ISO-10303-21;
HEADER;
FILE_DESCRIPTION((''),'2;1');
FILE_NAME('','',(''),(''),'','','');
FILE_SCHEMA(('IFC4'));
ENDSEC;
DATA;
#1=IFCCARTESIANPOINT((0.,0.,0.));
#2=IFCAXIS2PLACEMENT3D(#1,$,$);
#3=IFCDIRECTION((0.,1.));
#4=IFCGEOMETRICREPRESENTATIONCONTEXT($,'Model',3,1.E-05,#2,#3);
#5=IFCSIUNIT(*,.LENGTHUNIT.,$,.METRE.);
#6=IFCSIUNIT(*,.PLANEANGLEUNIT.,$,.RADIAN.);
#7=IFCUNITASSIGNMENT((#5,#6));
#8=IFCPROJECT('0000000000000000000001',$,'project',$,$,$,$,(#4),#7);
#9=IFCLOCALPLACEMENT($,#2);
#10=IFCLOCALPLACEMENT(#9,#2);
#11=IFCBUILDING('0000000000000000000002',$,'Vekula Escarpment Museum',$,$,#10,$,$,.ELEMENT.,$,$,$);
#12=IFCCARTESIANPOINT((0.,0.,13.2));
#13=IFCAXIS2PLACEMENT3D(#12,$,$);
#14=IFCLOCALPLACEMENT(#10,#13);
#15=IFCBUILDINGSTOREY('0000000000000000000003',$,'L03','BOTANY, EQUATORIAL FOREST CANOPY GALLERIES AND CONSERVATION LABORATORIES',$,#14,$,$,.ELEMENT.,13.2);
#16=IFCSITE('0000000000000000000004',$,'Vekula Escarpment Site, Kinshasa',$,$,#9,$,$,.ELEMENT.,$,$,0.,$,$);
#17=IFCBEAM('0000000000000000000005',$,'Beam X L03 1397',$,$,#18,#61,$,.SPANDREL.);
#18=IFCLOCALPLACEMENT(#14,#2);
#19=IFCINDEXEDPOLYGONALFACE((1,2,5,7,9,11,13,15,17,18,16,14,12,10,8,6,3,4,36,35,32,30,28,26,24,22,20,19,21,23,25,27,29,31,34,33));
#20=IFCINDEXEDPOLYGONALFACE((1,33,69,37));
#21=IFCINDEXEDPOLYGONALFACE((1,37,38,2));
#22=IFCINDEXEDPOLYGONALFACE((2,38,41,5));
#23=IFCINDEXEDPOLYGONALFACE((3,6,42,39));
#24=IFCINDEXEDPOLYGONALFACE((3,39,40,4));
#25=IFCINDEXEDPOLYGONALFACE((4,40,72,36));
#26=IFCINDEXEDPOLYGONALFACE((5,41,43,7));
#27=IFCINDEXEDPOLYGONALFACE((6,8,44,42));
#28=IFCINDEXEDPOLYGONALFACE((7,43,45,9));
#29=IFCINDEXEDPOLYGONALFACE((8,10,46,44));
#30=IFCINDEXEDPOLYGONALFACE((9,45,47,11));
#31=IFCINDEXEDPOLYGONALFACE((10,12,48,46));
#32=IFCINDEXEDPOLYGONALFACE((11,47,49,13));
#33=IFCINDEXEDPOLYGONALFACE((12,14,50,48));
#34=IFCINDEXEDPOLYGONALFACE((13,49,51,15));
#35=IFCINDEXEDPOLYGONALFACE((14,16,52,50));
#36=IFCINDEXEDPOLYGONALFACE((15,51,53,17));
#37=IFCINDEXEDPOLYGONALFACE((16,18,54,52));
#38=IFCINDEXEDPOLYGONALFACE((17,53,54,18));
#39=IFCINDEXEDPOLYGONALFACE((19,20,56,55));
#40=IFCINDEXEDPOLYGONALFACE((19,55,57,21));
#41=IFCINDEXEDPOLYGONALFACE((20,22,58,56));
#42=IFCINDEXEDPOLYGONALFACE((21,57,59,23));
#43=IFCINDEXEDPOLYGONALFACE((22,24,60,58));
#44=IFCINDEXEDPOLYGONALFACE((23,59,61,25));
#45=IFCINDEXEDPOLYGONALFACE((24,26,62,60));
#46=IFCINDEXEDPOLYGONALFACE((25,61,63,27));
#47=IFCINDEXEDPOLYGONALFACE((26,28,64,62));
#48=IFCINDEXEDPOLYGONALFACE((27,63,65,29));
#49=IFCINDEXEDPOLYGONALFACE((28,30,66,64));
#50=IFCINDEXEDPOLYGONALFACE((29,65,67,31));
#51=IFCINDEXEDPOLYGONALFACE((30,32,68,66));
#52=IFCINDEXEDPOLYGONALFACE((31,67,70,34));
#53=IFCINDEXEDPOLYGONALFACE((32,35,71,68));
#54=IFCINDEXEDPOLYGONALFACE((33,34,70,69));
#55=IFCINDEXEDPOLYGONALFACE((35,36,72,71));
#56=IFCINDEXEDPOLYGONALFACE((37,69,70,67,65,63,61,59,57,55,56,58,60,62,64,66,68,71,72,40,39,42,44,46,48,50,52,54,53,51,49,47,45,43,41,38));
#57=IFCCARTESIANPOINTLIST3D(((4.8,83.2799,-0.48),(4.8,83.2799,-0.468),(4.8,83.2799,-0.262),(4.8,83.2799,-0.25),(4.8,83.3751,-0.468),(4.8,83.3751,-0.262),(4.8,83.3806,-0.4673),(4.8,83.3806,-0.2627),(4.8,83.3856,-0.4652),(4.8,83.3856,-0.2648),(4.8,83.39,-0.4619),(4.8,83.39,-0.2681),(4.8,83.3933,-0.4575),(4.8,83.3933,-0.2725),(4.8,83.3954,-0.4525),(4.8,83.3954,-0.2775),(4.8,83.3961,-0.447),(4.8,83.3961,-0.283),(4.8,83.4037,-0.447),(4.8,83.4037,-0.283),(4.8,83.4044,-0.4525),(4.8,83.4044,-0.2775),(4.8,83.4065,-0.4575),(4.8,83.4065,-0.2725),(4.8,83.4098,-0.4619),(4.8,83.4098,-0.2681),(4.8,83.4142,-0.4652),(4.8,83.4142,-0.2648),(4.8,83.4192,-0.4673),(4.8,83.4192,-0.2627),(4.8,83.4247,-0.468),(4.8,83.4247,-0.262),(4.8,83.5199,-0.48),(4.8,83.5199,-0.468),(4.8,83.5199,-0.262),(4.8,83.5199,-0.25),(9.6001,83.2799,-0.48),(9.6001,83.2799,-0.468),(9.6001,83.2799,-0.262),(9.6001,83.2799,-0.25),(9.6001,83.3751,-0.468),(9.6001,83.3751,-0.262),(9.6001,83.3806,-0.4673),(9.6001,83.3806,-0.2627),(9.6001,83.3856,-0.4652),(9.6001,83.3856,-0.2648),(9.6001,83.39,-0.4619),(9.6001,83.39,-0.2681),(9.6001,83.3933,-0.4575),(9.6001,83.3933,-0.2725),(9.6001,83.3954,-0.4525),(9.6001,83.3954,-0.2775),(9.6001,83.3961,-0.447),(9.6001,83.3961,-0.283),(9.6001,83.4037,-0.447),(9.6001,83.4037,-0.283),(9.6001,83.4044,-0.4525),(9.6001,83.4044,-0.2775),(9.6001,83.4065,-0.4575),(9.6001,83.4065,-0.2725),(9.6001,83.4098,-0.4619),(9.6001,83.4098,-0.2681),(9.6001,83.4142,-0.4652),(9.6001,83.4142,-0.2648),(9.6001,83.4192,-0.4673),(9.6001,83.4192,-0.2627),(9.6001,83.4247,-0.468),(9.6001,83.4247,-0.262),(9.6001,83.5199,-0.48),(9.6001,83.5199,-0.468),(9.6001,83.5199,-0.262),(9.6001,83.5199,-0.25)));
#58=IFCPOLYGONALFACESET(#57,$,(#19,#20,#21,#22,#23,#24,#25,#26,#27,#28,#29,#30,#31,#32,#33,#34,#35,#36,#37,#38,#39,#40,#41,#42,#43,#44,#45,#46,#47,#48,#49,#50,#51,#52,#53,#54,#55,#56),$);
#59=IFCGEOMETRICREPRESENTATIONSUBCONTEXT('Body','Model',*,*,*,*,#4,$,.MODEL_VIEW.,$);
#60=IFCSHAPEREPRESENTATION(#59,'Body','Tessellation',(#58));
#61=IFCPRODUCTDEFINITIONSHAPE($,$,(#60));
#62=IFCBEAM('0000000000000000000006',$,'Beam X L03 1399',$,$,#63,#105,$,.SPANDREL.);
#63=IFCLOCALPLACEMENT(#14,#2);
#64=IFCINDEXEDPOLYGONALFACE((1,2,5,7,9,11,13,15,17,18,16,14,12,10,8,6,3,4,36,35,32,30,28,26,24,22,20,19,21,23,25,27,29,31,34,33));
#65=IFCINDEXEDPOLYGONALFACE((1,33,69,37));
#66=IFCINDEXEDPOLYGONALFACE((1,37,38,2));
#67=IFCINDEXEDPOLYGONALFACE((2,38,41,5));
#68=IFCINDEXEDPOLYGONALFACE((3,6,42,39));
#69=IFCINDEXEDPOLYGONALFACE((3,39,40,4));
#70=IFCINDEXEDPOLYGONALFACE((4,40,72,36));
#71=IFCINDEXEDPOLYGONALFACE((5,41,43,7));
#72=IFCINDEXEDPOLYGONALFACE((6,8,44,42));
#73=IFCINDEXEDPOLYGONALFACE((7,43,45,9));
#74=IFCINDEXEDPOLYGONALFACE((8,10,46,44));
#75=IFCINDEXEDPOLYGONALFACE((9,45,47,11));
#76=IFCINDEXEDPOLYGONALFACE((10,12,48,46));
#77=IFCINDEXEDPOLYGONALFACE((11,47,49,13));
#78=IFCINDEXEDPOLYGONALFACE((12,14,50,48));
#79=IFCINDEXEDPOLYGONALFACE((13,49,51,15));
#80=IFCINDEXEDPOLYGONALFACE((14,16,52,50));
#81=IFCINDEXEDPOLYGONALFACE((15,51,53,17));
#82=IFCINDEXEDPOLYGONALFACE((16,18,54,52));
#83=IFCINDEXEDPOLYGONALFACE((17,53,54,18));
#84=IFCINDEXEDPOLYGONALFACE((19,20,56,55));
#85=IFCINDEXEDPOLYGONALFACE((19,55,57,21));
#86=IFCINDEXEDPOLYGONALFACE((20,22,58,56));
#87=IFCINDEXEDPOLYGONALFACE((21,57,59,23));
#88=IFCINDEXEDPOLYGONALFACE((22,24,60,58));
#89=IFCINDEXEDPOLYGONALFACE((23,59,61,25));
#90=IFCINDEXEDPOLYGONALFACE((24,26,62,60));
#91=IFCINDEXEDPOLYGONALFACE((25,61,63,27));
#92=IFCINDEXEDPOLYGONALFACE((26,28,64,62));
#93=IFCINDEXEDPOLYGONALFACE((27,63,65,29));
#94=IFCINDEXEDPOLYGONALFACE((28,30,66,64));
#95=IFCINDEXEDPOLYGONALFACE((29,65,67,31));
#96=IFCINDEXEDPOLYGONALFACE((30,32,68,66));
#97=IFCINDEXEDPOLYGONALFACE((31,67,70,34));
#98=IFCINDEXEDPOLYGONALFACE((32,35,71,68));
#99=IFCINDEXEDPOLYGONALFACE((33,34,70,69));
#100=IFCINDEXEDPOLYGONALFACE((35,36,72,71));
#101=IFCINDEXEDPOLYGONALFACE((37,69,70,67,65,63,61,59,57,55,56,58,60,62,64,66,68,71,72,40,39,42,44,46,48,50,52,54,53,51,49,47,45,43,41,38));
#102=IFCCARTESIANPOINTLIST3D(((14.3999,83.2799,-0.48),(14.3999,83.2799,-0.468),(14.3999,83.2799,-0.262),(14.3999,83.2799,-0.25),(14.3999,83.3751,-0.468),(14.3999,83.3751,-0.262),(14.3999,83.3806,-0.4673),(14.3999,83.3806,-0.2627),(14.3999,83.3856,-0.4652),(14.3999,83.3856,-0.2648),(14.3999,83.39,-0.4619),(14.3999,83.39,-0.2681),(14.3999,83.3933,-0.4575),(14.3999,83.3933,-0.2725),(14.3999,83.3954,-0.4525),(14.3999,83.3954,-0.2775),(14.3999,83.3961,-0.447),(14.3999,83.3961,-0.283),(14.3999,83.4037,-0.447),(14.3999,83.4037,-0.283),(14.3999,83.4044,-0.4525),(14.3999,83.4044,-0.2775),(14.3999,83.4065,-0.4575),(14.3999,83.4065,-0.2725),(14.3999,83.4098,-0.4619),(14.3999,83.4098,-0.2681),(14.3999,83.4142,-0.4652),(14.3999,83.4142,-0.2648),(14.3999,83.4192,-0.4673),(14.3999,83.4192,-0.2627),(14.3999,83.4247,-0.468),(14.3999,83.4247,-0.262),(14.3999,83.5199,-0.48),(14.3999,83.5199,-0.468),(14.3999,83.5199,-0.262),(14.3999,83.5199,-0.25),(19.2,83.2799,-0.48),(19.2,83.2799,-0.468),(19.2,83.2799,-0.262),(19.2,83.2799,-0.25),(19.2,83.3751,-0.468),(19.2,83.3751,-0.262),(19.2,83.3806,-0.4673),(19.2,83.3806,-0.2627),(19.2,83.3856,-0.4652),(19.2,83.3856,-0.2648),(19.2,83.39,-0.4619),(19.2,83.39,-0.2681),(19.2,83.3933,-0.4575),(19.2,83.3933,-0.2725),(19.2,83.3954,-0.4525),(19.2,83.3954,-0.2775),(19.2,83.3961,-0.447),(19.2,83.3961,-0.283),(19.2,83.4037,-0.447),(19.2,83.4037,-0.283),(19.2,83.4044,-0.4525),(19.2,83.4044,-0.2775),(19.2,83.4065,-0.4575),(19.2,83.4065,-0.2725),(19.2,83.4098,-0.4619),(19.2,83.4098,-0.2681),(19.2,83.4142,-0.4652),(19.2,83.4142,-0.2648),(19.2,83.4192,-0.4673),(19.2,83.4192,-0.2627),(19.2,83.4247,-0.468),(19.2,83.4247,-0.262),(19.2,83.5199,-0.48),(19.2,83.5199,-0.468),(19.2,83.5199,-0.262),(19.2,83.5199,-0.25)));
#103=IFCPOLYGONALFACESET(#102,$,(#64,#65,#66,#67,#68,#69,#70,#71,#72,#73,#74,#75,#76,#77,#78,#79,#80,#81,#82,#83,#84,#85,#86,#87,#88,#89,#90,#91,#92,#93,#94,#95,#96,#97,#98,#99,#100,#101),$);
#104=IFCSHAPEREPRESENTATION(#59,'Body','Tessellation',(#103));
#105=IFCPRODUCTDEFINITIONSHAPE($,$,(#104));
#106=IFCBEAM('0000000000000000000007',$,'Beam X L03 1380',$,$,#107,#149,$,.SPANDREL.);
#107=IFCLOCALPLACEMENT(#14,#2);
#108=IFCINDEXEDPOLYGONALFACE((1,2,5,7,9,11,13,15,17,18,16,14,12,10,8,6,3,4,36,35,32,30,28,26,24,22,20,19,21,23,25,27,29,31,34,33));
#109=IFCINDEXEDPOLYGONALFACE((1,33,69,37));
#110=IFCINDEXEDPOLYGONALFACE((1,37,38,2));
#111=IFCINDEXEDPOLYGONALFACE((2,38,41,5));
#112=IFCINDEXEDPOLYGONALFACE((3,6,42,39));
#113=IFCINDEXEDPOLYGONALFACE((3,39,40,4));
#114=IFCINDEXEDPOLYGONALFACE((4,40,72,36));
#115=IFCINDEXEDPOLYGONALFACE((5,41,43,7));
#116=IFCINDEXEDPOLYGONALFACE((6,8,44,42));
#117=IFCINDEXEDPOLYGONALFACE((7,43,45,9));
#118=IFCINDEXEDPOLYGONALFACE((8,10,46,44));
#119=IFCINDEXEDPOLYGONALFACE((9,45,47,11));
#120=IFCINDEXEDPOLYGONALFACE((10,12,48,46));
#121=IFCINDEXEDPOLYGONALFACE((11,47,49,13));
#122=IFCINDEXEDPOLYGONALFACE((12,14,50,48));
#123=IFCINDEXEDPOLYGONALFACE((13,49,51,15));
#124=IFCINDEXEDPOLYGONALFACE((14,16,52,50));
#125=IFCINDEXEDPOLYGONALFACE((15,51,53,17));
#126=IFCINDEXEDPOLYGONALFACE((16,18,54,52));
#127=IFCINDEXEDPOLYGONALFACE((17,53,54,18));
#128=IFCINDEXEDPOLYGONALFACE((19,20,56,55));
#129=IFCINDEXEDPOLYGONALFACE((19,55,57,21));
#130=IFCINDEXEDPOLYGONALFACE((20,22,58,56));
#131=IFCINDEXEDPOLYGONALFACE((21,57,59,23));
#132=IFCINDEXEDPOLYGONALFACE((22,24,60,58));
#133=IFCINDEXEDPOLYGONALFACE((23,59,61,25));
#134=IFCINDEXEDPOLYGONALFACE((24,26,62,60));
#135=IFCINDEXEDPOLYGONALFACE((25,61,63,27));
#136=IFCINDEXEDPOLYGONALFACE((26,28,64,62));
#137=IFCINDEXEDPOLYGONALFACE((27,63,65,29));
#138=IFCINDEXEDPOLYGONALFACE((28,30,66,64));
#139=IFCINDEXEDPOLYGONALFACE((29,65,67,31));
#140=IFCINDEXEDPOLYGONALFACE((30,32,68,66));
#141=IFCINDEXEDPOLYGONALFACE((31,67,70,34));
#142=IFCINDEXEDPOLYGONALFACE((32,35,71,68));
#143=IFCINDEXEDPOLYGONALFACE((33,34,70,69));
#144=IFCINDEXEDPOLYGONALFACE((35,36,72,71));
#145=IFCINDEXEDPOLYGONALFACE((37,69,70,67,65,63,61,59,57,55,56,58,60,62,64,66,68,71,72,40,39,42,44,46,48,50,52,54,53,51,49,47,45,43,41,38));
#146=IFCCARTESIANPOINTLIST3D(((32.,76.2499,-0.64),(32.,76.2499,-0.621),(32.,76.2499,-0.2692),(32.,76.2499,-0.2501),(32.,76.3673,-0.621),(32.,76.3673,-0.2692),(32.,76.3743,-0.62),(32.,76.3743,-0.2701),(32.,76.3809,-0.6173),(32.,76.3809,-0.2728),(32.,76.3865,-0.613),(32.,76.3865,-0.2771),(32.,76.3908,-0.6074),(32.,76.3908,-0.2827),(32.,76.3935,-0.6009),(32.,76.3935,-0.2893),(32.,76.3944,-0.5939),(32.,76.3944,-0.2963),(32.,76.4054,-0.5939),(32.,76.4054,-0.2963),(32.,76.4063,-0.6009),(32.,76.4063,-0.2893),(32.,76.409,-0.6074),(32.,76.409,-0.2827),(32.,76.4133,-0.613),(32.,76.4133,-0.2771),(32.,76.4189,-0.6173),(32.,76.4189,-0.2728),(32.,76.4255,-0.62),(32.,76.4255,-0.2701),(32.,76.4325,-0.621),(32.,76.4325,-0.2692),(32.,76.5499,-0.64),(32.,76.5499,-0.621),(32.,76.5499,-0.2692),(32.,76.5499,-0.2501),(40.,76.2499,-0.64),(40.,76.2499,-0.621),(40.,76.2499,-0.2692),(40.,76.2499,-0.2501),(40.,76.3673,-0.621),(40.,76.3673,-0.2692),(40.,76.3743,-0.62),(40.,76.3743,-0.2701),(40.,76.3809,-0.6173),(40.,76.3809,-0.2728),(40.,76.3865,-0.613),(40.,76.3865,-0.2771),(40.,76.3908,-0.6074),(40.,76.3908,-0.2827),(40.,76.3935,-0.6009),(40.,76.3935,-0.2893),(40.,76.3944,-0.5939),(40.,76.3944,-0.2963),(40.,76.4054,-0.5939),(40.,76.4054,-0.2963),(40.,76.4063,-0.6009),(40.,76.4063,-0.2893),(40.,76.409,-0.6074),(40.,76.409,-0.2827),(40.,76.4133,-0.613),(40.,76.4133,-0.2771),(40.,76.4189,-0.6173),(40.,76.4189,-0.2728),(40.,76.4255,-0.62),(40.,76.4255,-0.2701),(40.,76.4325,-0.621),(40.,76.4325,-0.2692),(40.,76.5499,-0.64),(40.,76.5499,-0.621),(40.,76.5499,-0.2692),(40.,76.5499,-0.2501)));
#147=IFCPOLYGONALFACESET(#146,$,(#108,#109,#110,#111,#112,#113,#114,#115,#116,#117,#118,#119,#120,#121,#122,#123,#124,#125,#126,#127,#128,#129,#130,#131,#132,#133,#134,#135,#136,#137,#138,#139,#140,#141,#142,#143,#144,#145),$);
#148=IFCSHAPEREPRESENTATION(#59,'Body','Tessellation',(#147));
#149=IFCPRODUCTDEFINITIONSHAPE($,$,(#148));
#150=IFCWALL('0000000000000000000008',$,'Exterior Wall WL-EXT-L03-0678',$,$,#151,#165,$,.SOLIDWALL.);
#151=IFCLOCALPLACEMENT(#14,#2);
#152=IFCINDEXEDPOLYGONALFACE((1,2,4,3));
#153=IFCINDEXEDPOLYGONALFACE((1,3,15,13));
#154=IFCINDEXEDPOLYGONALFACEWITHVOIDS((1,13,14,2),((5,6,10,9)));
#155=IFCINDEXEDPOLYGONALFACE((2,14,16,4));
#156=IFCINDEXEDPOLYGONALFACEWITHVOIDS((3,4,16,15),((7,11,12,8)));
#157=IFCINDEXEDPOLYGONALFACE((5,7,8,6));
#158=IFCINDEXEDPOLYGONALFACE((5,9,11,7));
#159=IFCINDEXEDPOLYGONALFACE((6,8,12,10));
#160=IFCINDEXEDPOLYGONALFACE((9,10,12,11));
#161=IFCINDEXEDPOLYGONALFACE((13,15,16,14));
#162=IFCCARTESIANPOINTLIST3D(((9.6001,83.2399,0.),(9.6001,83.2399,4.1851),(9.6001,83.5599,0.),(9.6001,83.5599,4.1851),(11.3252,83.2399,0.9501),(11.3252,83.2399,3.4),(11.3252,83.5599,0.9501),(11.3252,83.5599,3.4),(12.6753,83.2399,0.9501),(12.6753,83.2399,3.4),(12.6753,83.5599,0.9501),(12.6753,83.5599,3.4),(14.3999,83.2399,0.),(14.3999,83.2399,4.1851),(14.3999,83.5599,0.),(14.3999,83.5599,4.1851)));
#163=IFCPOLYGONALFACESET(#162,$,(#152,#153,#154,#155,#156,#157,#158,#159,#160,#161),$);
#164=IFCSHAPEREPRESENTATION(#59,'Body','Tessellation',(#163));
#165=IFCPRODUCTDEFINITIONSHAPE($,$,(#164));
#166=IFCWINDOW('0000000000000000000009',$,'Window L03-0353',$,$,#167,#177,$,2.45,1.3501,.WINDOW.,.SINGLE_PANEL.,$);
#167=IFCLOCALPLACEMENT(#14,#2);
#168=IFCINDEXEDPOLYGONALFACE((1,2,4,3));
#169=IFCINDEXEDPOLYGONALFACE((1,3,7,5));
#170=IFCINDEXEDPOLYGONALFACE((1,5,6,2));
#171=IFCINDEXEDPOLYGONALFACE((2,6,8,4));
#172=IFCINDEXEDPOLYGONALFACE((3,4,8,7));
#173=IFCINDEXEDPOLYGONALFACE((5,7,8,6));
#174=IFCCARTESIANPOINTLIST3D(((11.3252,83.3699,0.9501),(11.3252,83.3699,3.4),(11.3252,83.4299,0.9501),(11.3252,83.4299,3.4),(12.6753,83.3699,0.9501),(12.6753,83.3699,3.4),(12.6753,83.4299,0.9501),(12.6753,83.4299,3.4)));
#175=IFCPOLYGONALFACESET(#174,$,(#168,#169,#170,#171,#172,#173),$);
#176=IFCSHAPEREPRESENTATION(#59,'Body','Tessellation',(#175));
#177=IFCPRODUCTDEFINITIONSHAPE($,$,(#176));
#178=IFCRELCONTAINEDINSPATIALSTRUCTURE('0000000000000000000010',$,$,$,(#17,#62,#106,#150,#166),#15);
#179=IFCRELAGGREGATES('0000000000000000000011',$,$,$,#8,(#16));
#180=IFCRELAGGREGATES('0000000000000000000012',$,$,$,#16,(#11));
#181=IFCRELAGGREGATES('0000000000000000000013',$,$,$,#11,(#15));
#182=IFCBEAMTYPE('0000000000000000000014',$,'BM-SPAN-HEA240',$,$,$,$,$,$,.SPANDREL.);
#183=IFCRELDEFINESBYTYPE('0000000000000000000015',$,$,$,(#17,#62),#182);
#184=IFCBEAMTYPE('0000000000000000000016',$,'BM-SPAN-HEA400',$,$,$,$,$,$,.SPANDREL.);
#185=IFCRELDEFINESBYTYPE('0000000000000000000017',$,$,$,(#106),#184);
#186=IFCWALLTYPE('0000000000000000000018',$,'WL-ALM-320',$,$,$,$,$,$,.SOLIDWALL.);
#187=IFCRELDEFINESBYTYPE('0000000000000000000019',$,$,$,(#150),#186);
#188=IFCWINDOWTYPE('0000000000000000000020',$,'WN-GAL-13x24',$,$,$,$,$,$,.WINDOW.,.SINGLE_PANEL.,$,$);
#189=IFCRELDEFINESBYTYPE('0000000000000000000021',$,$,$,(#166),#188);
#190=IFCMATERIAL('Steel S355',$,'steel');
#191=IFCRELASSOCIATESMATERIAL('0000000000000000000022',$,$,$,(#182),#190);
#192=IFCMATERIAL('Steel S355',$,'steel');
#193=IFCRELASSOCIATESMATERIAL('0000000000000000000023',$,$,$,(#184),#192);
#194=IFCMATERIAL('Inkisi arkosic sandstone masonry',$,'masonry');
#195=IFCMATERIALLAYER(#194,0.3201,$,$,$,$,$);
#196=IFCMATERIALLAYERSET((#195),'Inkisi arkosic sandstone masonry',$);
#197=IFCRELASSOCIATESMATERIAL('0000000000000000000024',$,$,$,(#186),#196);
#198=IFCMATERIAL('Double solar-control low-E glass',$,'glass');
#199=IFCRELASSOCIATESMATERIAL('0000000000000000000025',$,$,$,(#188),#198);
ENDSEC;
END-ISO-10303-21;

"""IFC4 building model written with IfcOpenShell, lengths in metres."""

from ifc_helpers import new_model, si_unit, direction, frame, frame_2d, origin, origin_2d, place, context, subcontext, project, spatial, rectangle, i_section, extrude, material, layer, layer_set, material_profile, profile_set, type_object, element, fill, save


model = new_model("IFC4")

# Units and contexts
model_context = context("Model", 3, precision=1e-05, world=origin(), true_north=direction((0.0, 1.0)))
body_context = subcontext(model_context, "Body", "Model", "MODEL_VIEW")
ifc_project = project(units=[si_unit("LENGTHUNIT", "METRE"), si_unit("PLANEANGLEUNIT", "RADIAN")], contexts=[model_context])

# Site, building, storey
site_placement = place(None, origin())
site = spatial("IfcSite", under=ifc_project, at=site_placement, Name="Vekula Escarpment Site, Kinshasa", CompositionType="ELEMENT", RefElevation=0.0)
building_placement = place(site_placement, origin())
building = spatial("IfcBuilding", under=site, at=building_placement, Name="Vekula Escarpment Museum", CompositionType="ELEMENT")
storey_placement = place(building_placement, frame((0.0, 0.0, 13.2)))
storey = spatial("IfcBuildingStorey", under=building, at=storey_placement, Name="L03", Description="BOTANY, EQUATORIAL FOREST CANOPY GALLERIES AND CONSERVATION LABORATORIES", CompositionType="ELEMENT", Elevation=13.2)

# Beams
ifc_material_1 = material(Name="Steel S355", Category="steel")
ifc_material_profile_1 = material_profile(ifc_material_1, i_section(OverallWidth=0.24, OverallDepth=0.23, WebThickness=0.0076, FlangeThickness=0.012, FilletRadius=0.021, at=origin_2d()), Name="HEA 240")
ifc_profile_set_1 = profile_set([ifc_material_profile_1], Name="Steel S355")
beam_type_1 = type_object("IfcBeamType", Name="BM-SPAN-HEA240", PredefinedType="SPANDREL", material=ifc_profile_set_1)
for number, where, z_axis, x_axis, name in (
    (1, (4.8, 83.3999, -0.365), (1.0, 0.0, 0.0), (0.0, 1.0, 0.0), "Beam X L03 1397"),
    (2, (14.3999, 83.3999, -0.365), (1.0, 0.0, 0.0), (0.0, 1.0, 0.0), "Beam X L03 1399"),
):
    element("IfcBeam", number, at=place(storey_placement, frame(where, z_axis=z_axis, x_axis=x_axis)), inside=storey, type_object=beam_type_1, Name=name, PredefinedType="SPANDREL", context=body_context, shape_type="SweptSolid", body=[
        extrude(i_section(OverallWidth=0.24, OverallDepth=0.23, WebThickness=0.0076, FlangeThickness=0.012, FilletRadius=0.021, at=origin_2d()), origin(), (0.0, 0.0, 1.0), 4.8),
    ])
ifc_material_2 = material(Name="Steel S355", Category="steel")
ifc_material_profile_2 = material_profile(ifc_material_2, i_section(OverallWidth=0.3, OverallDepth=0.3899, WebThickness=0.011, FlangeThickness=0.019, FilletRadius=0.0271, at=origin_2d()), Name="HEA 400")
ifc_profile_set_2 = profile_set([ifc_material_profile_2], Name="Steel S355")
beam_type_2 = type_object("IfcBeamType", Name="BM-SPAN-HEA400", PredefinedType="SPANDREL", material=ifc_profile_set_2)
beam_1_placement = place(storey_placement, frame((32.0, 76.3999, -0.4451), z_axis=(1.0, 0.0, 0.0), x_axis=(0.0, 1.0, 0.0)))
element("IfcBeam", 3, at=beam_1_placement, inside=storey, type_object=beam_type_2, Name="Beam X L03 1380", PredefinedType="SPANDREL", context=body_context, shape_type="SweptSolid", body=[
    extrude(i_section(OverallWidth=0.3, OverallDepth=0.3899, WebThickness=0.011, FlangeThickness=0.019, FilletRadius=0.0271, at=origin_2d()), origin(), (0.0, 0.0, 1.0), 8.0),
])

# Wall, opening, window
ifc_material_3 = material(Name="Inkisi arkosic sandstone masonry", Category="masonry")
ifc_layer_1 = layer(ifc_material_3, 0.3201)
ifc_layer_set_1 = layer_set([ifc_layer_1], Name="Inkisi arkosic sandstone masonry")
wall_type_1 = type_object("IfcWallType", Name="WL-ALM-320", PredefinedType="SOLIDWALL", material=ifc_layer_set_1)
wall_1_placement = place(storey_placement, frame((9.6001, 83.3999, 0.0), z_axis=(0.0, 0.0, 1.0), x_axis=(1.0, 0.0, 0.0)))
wall_1 = element("IfcWall", 4, at=wall_1_placement, inside=storey, type_object=wall_type_1, Name="Exterior Wall WL-EXT-L03-0678", PredefinedType="SOLIDWALL", context=body_context, shape_type="SweptSolid", body=[
    extrude(rectangle(XDim=4.7998, YDim=0.3201, at=frame_2d((2.3999, 0.0))), origin(), (0.0, 0.0, 1.0), 4.1851),
])
opening_1_placement = place(wall_1_placement, frame((1.7251, 0.0, 0.95)))
opening_1 = element("IfcOpeningElement", 5, at=opening_1_placement, cuts=wall_1, PredefinedType="OPENING", context=body_context, shape_type="SweptSolid", body=[
    extrude(rectangle(XDim=1.3501, YDim=2.45, at=frame_2d((0.675, 1.2251))), frame((0.0, 0.1699, 0.0), z_axis=(0.0, -1.0, 0.0), x_axis=(1.0, 0.0, 0.0)), (0.0, 0.0, 1.0), 0.3401),
])
ifc_material_4 = material(Name="Double solar-control low-E glass", Category="glass")
window_type_1 = type_object("IfcWindowType", Name="WN-GAL-13x24", PartitioningType="SINGLE_PANEL", PredefinedType="WINDOW", material=ifc_material_4)
window_1_placement = place(opening_1_placement, origin())
window_1 = element("IfcWindow", 6, at=window_1_placement, inside=storey, type_object=window_type_1, Name="Window L03-0353", OverallHeight=2.45, OverallWidth=1.3501, PartitioningType="SINGLE_PANEL", PredefinedType="WINDOW", context=body_context, shape_type="SweptSolid", body=[
    extrude(rectangle(XDim=1.3501, YDim=2.45, at=frame_2d((0.675, 1.2251))), frame((0.0, 0.03, 0.0), z_axis=(0.0, -1.0, 0.0), x_axis=(1.0, 0.0, 0.0)), (0.0, 0.0, 1.0), 0.0601),
])
fill(opening_1, window_1)

save(model, "model.ifc")
